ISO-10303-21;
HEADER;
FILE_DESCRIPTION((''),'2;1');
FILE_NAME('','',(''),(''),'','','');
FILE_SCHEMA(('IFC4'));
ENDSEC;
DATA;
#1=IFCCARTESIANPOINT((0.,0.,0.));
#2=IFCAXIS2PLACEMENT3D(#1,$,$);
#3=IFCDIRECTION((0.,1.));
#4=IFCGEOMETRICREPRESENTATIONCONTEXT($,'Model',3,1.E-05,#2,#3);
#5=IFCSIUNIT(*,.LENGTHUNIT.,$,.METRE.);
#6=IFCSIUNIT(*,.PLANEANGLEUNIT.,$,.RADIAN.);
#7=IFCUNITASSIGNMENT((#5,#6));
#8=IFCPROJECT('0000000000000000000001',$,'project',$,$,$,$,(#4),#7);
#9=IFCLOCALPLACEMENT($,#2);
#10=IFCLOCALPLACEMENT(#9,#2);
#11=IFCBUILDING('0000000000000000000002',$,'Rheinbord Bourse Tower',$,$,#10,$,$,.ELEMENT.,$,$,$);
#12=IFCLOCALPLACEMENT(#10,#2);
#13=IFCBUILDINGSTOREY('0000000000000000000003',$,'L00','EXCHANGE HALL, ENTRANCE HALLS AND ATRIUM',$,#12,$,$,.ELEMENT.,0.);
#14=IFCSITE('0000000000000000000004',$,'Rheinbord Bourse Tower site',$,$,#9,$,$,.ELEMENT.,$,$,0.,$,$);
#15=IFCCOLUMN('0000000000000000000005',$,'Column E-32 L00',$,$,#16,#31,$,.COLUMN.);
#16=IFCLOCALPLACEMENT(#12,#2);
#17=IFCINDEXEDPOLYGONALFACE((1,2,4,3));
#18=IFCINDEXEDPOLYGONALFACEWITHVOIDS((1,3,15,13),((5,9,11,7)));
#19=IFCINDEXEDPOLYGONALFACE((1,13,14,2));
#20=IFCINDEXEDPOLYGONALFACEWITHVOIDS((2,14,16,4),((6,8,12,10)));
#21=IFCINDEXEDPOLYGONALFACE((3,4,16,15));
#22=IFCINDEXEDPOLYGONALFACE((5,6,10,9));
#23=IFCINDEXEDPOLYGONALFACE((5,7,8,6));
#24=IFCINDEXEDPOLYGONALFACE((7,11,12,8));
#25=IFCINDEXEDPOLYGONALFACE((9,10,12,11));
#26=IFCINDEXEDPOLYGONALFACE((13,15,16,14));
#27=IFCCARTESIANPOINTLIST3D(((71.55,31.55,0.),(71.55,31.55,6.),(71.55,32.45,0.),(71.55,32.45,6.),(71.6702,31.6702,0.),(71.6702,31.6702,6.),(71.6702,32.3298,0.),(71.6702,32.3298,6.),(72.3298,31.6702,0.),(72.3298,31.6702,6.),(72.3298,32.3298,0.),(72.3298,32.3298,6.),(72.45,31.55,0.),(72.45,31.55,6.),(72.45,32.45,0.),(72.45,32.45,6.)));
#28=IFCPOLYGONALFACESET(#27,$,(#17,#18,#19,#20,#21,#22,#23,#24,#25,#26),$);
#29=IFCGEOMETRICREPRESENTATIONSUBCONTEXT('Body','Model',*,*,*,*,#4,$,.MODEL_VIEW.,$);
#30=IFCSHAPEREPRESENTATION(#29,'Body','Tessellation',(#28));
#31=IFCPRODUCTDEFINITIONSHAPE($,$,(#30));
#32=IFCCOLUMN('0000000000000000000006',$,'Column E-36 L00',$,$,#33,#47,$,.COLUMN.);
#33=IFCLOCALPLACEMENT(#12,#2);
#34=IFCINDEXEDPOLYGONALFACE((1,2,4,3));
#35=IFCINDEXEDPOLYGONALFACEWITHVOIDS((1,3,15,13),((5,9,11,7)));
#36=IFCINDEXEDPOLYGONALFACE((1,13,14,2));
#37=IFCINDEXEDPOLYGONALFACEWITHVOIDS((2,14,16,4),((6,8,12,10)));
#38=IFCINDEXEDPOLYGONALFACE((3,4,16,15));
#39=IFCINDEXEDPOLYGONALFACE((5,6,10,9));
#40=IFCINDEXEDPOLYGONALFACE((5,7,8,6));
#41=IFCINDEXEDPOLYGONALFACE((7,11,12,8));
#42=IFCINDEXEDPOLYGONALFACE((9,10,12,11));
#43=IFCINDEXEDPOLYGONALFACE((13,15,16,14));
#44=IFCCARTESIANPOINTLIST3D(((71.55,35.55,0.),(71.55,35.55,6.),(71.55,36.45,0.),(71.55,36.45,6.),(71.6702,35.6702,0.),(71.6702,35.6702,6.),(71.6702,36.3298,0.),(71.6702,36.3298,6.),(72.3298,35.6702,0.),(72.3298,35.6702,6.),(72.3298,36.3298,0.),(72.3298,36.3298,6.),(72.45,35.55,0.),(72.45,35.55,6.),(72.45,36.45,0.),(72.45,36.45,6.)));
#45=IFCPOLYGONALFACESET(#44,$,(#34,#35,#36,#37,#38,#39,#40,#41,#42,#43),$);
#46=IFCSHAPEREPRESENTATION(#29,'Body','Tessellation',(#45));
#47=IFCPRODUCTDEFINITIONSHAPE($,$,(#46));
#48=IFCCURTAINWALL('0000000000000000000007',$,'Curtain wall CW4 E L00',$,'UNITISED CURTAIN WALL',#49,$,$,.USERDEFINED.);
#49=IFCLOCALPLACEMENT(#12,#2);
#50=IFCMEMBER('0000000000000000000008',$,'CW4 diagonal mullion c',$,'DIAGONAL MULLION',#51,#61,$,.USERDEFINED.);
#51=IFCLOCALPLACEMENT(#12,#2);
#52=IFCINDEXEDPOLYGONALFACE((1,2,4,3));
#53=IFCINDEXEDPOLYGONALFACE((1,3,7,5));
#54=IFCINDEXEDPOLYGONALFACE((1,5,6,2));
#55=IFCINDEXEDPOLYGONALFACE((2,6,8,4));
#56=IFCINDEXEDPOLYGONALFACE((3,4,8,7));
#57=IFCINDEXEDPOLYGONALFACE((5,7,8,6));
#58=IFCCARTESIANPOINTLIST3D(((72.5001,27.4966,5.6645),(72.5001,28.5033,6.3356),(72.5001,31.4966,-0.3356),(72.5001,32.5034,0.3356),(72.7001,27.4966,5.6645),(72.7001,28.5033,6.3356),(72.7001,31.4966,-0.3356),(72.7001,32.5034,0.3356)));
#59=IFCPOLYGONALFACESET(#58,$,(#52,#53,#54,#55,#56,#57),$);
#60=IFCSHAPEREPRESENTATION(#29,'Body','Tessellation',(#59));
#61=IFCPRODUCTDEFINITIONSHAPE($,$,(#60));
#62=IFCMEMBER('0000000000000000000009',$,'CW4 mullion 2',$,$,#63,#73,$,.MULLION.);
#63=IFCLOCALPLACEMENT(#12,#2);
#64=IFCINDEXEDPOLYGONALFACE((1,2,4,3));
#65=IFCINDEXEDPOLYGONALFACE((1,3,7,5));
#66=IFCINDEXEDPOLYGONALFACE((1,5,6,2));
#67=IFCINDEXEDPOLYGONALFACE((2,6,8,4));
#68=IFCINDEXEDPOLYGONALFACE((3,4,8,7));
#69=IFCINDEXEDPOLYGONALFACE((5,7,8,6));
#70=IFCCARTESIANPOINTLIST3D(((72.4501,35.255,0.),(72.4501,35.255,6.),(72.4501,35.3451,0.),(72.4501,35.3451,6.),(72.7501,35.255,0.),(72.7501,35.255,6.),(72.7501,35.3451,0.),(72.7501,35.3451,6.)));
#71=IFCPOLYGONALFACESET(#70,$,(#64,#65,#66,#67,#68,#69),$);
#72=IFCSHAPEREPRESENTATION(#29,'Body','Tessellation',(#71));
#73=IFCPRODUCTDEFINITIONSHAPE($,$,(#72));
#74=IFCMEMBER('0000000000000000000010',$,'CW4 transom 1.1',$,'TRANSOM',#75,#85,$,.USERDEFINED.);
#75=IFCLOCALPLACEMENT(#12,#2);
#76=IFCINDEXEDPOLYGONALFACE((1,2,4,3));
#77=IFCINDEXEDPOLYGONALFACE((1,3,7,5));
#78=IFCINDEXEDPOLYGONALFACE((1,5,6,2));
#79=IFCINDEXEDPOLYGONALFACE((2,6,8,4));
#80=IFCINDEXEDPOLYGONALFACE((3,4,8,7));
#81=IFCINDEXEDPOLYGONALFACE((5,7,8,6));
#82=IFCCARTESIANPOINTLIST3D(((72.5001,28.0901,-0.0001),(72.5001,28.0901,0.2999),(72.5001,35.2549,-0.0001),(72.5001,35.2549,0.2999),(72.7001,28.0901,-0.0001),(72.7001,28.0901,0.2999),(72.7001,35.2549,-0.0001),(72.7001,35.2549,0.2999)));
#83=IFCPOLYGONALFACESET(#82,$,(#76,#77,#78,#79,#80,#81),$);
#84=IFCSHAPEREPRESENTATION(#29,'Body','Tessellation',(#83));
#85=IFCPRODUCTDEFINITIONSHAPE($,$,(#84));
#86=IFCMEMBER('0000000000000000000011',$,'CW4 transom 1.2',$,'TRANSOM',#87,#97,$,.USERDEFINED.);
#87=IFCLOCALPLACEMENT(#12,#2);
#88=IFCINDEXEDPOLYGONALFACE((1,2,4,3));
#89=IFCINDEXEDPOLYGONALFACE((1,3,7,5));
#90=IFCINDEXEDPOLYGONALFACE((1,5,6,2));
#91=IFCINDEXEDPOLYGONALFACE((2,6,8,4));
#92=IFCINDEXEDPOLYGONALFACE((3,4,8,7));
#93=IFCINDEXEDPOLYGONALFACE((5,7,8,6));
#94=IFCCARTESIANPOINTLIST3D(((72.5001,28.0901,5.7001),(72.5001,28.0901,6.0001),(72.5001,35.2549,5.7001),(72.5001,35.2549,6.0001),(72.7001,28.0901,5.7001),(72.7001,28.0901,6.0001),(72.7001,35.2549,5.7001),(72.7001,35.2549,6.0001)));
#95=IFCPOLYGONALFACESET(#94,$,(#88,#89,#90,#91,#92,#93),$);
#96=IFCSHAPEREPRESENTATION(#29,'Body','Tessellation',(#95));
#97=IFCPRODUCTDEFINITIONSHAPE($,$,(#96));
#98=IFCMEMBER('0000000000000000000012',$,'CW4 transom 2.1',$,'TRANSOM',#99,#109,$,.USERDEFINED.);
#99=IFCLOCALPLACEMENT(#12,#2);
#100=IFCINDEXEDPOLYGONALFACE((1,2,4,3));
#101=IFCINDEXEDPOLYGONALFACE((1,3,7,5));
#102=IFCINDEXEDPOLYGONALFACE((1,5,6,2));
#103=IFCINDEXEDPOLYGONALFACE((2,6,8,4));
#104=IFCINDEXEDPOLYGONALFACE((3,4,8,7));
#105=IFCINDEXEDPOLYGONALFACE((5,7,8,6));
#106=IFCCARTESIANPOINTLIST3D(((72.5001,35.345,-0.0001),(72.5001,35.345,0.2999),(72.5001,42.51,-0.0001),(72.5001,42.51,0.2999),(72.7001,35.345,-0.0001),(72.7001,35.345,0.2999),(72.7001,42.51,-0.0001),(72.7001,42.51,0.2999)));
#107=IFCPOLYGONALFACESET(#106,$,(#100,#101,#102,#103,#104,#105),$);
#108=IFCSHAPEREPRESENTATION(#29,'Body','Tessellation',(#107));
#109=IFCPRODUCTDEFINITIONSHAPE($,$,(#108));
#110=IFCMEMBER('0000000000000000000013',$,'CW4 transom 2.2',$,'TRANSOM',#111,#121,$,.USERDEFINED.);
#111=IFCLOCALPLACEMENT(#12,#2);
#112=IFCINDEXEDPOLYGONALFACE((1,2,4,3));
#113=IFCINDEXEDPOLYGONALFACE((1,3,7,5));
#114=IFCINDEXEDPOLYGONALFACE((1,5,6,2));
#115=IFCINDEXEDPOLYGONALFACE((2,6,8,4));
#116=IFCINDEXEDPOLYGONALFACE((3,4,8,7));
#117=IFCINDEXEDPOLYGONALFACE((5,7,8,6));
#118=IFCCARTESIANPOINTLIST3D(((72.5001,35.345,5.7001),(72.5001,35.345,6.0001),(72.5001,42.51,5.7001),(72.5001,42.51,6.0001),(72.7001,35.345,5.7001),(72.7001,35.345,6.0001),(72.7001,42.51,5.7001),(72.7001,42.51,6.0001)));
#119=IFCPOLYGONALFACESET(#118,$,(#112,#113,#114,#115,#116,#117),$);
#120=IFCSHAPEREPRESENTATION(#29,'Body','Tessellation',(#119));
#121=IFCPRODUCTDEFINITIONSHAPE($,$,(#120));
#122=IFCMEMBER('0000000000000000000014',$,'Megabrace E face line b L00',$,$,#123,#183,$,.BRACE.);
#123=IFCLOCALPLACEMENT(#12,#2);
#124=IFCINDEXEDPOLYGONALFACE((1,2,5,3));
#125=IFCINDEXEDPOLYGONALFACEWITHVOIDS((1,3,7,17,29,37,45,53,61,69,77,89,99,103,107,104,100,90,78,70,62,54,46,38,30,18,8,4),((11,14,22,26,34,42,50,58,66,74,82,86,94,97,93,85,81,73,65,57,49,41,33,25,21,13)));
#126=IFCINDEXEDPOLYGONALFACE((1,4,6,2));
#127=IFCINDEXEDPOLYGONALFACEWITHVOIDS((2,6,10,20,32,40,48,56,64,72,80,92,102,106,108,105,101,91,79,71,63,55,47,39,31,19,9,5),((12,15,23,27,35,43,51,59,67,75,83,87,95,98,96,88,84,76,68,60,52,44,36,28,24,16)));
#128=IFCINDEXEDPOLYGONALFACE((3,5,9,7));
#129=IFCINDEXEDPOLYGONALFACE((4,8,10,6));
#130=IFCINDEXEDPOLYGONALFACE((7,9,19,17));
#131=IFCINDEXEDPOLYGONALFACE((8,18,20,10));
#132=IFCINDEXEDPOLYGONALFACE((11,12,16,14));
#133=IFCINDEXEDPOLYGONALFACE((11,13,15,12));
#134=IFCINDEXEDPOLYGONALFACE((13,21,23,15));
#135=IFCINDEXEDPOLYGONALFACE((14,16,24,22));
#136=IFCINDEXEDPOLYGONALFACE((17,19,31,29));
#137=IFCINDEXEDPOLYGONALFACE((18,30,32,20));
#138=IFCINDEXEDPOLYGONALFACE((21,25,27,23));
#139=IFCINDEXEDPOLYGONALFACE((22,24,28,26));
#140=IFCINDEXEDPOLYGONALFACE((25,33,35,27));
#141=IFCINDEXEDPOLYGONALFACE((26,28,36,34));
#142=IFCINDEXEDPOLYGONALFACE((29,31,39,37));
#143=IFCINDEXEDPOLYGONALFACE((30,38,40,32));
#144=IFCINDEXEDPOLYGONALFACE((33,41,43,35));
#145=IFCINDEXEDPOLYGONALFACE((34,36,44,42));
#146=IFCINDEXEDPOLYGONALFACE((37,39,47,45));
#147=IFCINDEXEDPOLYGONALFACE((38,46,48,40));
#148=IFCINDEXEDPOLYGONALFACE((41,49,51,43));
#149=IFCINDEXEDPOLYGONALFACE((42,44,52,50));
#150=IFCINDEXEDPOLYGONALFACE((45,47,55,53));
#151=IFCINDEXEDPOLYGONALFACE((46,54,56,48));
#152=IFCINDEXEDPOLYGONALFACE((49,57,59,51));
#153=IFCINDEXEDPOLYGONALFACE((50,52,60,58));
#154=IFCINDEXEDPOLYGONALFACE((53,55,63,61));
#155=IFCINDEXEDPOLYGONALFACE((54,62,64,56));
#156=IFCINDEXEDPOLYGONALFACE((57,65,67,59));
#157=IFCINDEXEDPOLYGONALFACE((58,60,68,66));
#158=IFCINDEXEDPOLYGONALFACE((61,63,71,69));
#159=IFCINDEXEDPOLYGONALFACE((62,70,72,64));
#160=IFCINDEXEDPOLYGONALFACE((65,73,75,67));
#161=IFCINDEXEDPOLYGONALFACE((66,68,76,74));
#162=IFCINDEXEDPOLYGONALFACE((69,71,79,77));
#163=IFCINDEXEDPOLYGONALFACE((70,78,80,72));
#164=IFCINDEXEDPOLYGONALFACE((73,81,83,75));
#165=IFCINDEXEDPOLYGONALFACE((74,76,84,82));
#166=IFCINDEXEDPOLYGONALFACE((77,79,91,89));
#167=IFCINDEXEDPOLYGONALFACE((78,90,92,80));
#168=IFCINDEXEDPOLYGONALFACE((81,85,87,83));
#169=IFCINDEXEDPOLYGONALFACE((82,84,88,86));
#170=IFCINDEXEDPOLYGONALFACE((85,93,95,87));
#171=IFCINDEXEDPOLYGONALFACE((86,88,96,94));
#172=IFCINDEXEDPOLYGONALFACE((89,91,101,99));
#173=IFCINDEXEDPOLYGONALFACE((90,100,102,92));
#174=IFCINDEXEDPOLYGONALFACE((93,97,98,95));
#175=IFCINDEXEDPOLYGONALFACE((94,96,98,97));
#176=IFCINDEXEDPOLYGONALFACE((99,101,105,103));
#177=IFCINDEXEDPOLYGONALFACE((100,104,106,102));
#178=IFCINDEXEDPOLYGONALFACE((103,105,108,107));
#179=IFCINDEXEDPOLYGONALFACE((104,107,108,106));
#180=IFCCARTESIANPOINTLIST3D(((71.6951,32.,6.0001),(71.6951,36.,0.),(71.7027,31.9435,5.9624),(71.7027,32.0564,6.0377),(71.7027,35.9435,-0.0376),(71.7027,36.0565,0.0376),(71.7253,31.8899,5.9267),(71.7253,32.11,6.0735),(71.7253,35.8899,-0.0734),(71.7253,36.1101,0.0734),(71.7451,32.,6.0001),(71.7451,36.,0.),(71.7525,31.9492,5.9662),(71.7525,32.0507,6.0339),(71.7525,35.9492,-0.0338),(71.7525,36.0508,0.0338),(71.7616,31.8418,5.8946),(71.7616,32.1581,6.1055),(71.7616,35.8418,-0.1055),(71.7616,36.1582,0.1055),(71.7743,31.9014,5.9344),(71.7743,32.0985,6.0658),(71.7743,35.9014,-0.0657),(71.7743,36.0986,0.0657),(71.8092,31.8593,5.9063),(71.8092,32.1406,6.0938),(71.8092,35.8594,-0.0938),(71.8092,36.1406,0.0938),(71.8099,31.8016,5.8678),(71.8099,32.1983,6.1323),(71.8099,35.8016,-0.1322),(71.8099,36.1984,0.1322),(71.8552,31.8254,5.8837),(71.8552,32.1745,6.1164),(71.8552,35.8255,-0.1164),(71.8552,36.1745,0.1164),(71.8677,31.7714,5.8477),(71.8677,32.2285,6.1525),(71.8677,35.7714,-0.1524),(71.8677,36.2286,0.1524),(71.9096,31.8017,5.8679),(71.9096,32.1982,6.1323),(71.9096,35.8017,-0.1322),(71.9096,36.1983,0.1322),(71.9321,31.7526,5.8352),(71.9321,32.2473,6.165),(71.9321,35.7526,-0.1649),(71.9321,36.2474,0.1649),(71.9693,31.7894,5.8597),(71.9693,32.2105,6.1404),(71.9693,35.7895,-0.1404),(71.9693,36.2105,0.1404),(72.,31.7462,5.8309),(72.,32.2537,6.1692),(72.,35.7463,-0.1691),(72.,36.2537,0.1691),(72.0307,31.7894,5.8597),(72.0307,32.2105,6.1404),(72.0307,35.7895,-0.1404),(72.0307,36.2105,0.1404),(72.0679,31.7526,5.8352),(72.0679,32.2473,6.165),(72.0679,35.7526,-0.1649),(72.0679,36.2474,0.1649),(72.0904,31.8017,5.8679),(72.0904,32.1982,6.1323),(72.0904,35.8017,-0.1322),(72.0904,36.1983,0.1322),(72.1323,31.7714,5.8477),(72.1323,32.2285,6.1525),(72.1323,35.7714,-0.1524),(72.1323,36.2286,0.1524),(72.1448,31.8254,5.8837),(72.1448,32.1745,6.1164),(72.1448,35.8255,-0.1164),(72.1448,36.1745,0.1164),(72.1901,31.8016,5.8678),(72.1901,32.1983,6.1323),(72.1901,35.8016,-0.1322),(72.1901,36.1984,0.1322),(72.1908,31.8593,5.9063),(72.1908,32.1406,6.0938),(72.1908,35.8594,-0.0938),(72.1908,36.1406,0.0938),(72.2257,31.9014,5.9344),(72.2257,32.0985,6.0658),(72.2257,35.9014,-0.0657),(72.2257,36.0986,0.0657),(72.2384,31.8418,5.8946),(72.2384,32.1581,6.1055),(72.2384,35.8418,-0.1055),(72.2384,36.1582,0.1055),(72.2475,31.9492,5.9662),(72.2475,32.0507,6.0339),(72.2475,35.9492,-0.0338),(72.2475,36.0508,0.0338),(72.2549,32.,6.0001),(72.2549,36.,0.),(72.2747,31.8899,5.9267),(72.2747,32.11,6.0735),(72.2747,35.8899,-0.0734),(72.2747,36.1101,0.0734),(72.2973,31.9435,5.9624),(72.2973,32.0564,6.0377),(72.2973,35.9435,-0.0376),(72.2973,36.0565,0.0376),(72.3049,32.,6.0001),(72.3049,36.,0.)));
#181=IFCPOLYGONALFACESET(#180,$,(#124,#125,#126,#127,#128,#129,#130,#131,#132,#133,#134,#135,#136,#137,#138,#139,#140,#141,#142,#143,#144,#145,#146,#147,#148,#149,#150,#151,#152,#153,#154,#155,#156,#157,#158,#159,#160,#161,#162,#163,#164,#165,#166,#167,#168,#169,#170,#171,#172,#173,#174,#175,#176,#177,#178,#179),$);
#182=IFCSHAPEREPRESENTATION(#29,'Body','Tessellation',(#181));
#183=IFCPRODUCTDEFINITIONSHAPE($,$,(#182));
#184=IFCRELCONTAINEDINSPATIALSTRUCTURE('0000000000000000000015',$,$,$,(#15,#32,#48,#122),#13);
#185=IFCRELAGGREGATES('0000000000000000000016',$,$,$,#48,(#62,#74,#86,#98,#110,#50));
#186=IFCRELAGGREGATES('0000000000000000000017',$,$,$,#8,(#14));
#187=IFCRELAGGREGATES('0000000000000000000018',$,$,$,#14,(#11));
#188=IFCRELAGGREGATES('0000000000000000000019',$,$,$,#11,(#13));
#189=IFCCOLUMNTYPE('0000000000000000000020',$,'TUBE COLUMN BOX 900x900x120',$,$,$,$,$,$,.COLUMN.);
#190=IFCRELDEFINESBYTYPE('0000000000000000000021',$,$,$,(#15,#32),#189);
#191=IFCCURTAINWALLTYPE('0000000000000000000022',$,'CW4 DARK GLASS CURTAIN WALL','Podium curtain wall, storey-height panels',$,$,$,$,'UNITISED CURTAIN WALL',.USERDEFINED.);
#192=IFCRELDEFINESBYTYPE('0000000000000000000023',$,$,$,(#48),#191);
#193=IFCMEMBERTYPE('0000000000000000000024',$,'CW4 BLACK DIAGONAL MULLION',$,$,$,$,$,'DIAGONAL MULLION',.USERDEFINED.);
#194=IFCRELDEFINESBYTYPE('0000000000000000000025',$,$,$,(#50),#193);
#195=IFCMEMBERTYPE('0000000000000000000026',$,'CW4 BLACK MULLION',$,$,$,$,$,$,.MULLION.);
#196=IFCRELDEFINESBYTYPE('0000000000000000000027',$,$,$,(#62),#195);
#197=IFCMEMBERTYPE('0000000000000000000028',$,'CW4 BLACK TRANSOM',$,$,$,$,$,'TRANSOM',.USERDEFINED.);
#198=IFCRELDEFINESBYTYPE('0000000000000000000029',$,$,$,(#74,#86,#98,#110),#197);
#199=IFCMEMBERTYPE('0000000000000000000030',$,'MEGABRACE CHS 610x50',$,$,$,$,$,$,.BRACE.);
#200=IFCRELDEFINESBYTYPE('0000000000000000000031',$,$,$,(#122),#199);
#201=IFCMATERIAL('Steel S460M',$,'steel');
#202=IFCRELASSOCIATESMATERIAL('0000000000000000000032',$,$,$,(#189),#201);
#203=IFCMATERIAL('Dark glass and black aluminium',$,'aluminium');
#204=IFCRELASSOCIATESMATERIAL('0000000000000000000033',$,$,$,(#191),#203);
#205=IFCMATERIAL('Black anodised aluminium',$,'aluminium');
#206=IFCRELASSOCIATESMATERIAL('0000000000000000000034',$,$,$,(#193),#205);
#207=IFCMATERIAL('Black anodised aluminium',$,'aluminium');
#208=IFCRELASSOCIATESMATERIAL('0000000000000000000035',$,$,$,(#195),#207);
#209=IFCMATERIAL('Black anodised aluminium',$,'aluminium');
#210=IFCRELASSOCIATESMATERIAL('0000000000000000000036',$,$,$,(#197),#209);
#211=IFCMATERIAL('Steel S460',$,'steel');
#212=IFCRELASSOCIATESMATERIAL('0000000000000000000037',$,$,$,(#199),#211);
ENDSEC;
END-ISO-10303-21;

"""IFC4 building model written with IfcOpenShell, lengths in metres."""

from ifc_helpers import new_model, si_unit, direction, frame, origin, origin_2d, place, context, subcontext, project, spatial, rectangle, hollow_rectangle, hollow_circle, extrude, material, material_profile, profile_set, type_object, element, aggregate, save


model = new_model("IFC4")

# Units and contexts
model_context = context("Model", 3, precision=1e-05, world=origin(), true_north=direction((0.0, 1.0)))
body_context = subcontext(model_context, "Body", "Model", "MODEL_VIEW")
ifc_project = project(units=[si_unit("LENGTHUNIT", "METRE"), si_unit("PLANEANGLEUNIT", "RADIAN")], contexts=[model_context])

# Site, building, storey
site_placement = place(None, origin())
site = spatial("IfcSite", under=ifc_project, at=site_placement, Name="Rheinbord Bourse Tower site", CompositionType="ELEMENT", RefElevation=0.0)
building_placement = place(site_placement, origin())
building = spatial("IfcBuilding", under=site, at=building_placement, Name="Rheinbord Bourse Tower", CompositionType="ELEMENT")
storey_placement = place(building_placement, origin())
storey = spatial("IfcBuildingStorey", under=building, at=storey_placement, Name="L00", Description="EXCHANGE HALL, ENTRANCE HALLS AND ATRIUM", CompositionType="ELEMENT", Elevation=0.0)

# Columns
ifc_material_1 = material(Name="Steel S460M", Category="steel")
ifc_material_profile_1 = material_profile(ifc_material_1, hollow_rectangle(XDim=0.8999, YDim=0.8999, WallThickness=0.1201, at=origin_2d()), Name="BOX 900x900x120")
ifc_profile_set_1 = profile_set([ifc_material_profile_1], Name="Steel S460M")
column_type = type_object("IfcColumnType", Name="TUBE COLUMN BOX 900x900x120", PredefinedType="COLUMN", material=ifc_profile_set_1)
for number, where, z_axis, x_axis, name in (
    (1, (72.0, 32.0, 0.0), (0.0, 0.0, 1.0), (1.0, 0.0, 0.0), "Column E-32 L00"),
    (2, (72.0, 36.0, 0.0), (0.0, 0.0, 1.0), (1.0, 0.0, 0.0), "Column E-36 L00"),
):
    element("IfcColumn", number, at=place(storey_placement, frame(where, z_axis=z_axis, x_axis=x_axis)), inside=storey, type_object=column_type, Name=name, PredefinedType="COLUMN", context=body_context, shape_type="SweptSolid", body=[
        extrude(hollow_rectangle(XDim=0.8999, YDim=0.8999, WallThickness=0.1201, at=origin_2d()), origin(), (0.0, 0.0, 1.0), 6.0),
    ])

# Curtain wall, members
ifc_material_2 = material(Name="Dark glass and black aluminium", Category="aluminium")
curtain_wall_type = type_object("IfcCurtainWallType", Name="CW4 DARK GLASS CURTAIN WALL", Description="Podium curtain wall, storey-height panels", ElementType="UNITISED CURTAIN WALL", PredefinedType="USERDEFINED", material=ifc_material_2)
curtain_wall_placement = place(storey_placement, origin())
curtain_wall = element("IfcCurtainWall", 3, at=curtain_wall_placement, inside=storey, type_object=curtain_wall_type, Name="Curtain wall CW4 E L00", ObjectType="UNITISED CURTAIN WALL", PredefinedType="USERDEFINED")
ifc_material_3 = material(Name="Black anodised aluminium", Category="aluminium")
ifc_material_profile_2 = material_profile(ifc_material_3, rectangle(XDim=0.2, YDim=1.21, at=origin_2d()), Name="CW4 DIAGONAL MULLION 1210x200")
ifc_profile_set_2 = profile_set([ifc_material_profile_2], Name="Black anodised aluminium")
member_type_1 = type_object("IfcMemberType", Name="CW4 BLACK DIAGONAL MULLION", ElementType="DIAGONAL MULLION", PredefinedType="USERDEFINED", material=ifc_profile_set_2)
member_1_placement = place(storey_placement, frame((72.6001, 32.0, 0.0), z_axis=(0.0, -0.5547, 0.83205), x_axis=(1.0, 0.0, 0.0)))
member_1 = element("IfcMember", 4, at=member_1_placement, type_object=member_type_1, Name="CW4 diagonal mullion c", ObjectType="DIAGONAL MULLION", PredefinedType="USERDEFINED", context=body_context, shape_type="SweptSolid", body=[
    extrude(rectangle(XDim=0.2, YDim=1.21, at=origin_2d()), origin(), (0.0, 0.0, 1.0), 7.2112),
])
ifc_material_4 = material(Name="Black anodised aluminium", Category="aluminium")
ifc_material_profile_3 = material_profile(ifc_material_4, rectangle(XDim=0.3, YDim=0.0901, at=origin_2d()), Name="CW4 MULLION 90x300")
ifc_profile_set_3 = profile_set([ifc_material_profile_3], Name="Black anodised aluminium")
member_type_2 = type_object("IfcMemberType", Name="CW4 BLACK MULLION", PredefinedType="MULLION", material=ifc_profile_set_3)
member_2_placement = place(storey_placement, frame((72.6001, 35.3, 0.0), z_axis=(0.0, 0.0, 1.0), x_axis=(-1.0, 0.0, 0.0)))
member_2 = element("IfcMember", 5, at=member_2_placement, type_object=member_type_2, Name="CW4 mullion 2", PredefinedType="MULLION", context=body_context, shape_type="SweptSolid", body=[
    extrude(rectangle(XDim=0.3, YDim=0.0901, at=origin_2d()), origin(), (0.0, 0.0, 1.0), 6.0),
])
ifc_material_5 = material(Name="Black anodised aluminium", Category="aluminium")
ifc_material_profile_4 = material_profile(ifc_material_5, rectangle(XDim=0.2, YDim=0.3, at=origin_2d()), Name="CW4 TRANSOM 300x200")
ifc_profile_set_4 = profile_set([ifc_material_profile_4], Name="Black anodised aluminium")
member_type_3 = type_object("IfcMemberType", Name="CW4 BLACK TRANSOM", ElementType="TRANSOM", PredefinedType="USERDEFINED", material=ifc_profile_set_4)
member_3_placement = place(storey_placement, frame((72.6001, 28.0901, 0.1499), z_axis=(0.0, 1.0, 0.0), x_axis=(-1.0, 0.0, 0.0)))
member_3 = element("IfcMember", 6, at=member_3_placement, type_object=member_type_3, Name="CW4 transom 1.1", ObjectType="TRANSOM", PredefinedType="USERDEFINED", context=body_context, shape_type="SweptSolid", body=[
    extrude(rectangle(XDim=0.2, YDim=0.3, at=origin_2d()), origin(), (0.0, 0.0, 1.0), 7.1648),
])
member_4_placement = place(storey_placement, frame((72.6001, 28.0901, 5.8501), z_axis=(0.0, 1.0, 0.0), x_axis=(-1.0, 0.0, 0.0)))
member_4 = element("IfcMember", 7, at=member_4_placement, type_object=member_type_3, Name="CW4 transom 1.2", ObjectType="TRANSOM", PredefinedType="USERDEFINED", context=body_context, shape_type="SweptSolid", body=[
    extrude(rectangle(XDim=0.2, YDim=0.3, at=origin_2d()), origin(), (0.0, 0.0, 1.0), 7.1648),
])
member_5_placement = place(storey_placement, frame((72.6001, 35.345, 0.1499), z_axis=(0.0, 1.0, 0.0), x_axis=(-1.0, 0.0, 0.0)))
member_5 = element("IfcMember", 8, at=member_5_placement, type_object=member_type_3, Name="CW4 transom 2.1", ObjectType="TRANSOM", PredefinedType="USERDEFINED", context=body_context, shape_type="SweptSolid", body=[
    extrude(rectangle(XDim=0.2, YDim=0.3, at=origin_2d()), origin(), (0.0, 0.0, 1.0), 7.165),
])
member_6_placement = place(storey_placement, frame((72.6001, 35.345, 5.8501), z_axis=(0.0, 1.0, 0.0), x_axis=(-1.0, 0.0, 0.0)))
member_6 = element("IfcMember", 9, at=member_6_placement, type_object=member_type_3, Name="CW4 transom 2.2", ObjectType="TRANSOM", PredefinedType="USERDEFINED", context=body_context, shape_type="SweptSolid", body=[
    extrude(rectangle(XDim=0.2, YDim=0.3, at=origin_2d()), origin(), (0.0, 0.0, 1.0), 7.165),
])

# Member
ifc_material_6 = material(Name="Steel S460", Category="steel")
ifc_material_profile_5 = material_profile(ifc_material_6, hollow_circle(Radius=0.3049, WallThickness=0.05, at=origin_2d()), Name="CHS 610x50")
ifc_profile_set_5 = profile_set([ifc_material_profile_5], Name="Steel S460")
member_type_4 = type_object("IfcMemberType", Name="MEGABRACE CHS 610x50", PredefinedType="BRACE", material=ifc_profile_set_5)
for number, where, z_axis, x_axis, name in (
    (10, (72.0, 36.0, 0.0), (0.0, -0.5547, 0.83205), (1.0, 0.0, 0.0), "Megabrace E face line b L00"),
):
    element("IfcMember", number, at=place(storey_placement, frame(where, z_axis=z_axis, x_axis=x_axis)), inside=storey, type_object=member_type_4, Name=name, PredefinedType="BRACE", context=body_context, shape_type="SweptSolid", body=[
        extrude(hollow_circle(Radius=0.3049, WallThickness=0.05, at=origin_2d()), origin(), (0.0, 0.0, 1.0), 7.2112),
    ])

aggregate(curtain_wall, [member_2, member_3, member_4, member_5, member_6, member_1])

save(model, "model.ifc")
